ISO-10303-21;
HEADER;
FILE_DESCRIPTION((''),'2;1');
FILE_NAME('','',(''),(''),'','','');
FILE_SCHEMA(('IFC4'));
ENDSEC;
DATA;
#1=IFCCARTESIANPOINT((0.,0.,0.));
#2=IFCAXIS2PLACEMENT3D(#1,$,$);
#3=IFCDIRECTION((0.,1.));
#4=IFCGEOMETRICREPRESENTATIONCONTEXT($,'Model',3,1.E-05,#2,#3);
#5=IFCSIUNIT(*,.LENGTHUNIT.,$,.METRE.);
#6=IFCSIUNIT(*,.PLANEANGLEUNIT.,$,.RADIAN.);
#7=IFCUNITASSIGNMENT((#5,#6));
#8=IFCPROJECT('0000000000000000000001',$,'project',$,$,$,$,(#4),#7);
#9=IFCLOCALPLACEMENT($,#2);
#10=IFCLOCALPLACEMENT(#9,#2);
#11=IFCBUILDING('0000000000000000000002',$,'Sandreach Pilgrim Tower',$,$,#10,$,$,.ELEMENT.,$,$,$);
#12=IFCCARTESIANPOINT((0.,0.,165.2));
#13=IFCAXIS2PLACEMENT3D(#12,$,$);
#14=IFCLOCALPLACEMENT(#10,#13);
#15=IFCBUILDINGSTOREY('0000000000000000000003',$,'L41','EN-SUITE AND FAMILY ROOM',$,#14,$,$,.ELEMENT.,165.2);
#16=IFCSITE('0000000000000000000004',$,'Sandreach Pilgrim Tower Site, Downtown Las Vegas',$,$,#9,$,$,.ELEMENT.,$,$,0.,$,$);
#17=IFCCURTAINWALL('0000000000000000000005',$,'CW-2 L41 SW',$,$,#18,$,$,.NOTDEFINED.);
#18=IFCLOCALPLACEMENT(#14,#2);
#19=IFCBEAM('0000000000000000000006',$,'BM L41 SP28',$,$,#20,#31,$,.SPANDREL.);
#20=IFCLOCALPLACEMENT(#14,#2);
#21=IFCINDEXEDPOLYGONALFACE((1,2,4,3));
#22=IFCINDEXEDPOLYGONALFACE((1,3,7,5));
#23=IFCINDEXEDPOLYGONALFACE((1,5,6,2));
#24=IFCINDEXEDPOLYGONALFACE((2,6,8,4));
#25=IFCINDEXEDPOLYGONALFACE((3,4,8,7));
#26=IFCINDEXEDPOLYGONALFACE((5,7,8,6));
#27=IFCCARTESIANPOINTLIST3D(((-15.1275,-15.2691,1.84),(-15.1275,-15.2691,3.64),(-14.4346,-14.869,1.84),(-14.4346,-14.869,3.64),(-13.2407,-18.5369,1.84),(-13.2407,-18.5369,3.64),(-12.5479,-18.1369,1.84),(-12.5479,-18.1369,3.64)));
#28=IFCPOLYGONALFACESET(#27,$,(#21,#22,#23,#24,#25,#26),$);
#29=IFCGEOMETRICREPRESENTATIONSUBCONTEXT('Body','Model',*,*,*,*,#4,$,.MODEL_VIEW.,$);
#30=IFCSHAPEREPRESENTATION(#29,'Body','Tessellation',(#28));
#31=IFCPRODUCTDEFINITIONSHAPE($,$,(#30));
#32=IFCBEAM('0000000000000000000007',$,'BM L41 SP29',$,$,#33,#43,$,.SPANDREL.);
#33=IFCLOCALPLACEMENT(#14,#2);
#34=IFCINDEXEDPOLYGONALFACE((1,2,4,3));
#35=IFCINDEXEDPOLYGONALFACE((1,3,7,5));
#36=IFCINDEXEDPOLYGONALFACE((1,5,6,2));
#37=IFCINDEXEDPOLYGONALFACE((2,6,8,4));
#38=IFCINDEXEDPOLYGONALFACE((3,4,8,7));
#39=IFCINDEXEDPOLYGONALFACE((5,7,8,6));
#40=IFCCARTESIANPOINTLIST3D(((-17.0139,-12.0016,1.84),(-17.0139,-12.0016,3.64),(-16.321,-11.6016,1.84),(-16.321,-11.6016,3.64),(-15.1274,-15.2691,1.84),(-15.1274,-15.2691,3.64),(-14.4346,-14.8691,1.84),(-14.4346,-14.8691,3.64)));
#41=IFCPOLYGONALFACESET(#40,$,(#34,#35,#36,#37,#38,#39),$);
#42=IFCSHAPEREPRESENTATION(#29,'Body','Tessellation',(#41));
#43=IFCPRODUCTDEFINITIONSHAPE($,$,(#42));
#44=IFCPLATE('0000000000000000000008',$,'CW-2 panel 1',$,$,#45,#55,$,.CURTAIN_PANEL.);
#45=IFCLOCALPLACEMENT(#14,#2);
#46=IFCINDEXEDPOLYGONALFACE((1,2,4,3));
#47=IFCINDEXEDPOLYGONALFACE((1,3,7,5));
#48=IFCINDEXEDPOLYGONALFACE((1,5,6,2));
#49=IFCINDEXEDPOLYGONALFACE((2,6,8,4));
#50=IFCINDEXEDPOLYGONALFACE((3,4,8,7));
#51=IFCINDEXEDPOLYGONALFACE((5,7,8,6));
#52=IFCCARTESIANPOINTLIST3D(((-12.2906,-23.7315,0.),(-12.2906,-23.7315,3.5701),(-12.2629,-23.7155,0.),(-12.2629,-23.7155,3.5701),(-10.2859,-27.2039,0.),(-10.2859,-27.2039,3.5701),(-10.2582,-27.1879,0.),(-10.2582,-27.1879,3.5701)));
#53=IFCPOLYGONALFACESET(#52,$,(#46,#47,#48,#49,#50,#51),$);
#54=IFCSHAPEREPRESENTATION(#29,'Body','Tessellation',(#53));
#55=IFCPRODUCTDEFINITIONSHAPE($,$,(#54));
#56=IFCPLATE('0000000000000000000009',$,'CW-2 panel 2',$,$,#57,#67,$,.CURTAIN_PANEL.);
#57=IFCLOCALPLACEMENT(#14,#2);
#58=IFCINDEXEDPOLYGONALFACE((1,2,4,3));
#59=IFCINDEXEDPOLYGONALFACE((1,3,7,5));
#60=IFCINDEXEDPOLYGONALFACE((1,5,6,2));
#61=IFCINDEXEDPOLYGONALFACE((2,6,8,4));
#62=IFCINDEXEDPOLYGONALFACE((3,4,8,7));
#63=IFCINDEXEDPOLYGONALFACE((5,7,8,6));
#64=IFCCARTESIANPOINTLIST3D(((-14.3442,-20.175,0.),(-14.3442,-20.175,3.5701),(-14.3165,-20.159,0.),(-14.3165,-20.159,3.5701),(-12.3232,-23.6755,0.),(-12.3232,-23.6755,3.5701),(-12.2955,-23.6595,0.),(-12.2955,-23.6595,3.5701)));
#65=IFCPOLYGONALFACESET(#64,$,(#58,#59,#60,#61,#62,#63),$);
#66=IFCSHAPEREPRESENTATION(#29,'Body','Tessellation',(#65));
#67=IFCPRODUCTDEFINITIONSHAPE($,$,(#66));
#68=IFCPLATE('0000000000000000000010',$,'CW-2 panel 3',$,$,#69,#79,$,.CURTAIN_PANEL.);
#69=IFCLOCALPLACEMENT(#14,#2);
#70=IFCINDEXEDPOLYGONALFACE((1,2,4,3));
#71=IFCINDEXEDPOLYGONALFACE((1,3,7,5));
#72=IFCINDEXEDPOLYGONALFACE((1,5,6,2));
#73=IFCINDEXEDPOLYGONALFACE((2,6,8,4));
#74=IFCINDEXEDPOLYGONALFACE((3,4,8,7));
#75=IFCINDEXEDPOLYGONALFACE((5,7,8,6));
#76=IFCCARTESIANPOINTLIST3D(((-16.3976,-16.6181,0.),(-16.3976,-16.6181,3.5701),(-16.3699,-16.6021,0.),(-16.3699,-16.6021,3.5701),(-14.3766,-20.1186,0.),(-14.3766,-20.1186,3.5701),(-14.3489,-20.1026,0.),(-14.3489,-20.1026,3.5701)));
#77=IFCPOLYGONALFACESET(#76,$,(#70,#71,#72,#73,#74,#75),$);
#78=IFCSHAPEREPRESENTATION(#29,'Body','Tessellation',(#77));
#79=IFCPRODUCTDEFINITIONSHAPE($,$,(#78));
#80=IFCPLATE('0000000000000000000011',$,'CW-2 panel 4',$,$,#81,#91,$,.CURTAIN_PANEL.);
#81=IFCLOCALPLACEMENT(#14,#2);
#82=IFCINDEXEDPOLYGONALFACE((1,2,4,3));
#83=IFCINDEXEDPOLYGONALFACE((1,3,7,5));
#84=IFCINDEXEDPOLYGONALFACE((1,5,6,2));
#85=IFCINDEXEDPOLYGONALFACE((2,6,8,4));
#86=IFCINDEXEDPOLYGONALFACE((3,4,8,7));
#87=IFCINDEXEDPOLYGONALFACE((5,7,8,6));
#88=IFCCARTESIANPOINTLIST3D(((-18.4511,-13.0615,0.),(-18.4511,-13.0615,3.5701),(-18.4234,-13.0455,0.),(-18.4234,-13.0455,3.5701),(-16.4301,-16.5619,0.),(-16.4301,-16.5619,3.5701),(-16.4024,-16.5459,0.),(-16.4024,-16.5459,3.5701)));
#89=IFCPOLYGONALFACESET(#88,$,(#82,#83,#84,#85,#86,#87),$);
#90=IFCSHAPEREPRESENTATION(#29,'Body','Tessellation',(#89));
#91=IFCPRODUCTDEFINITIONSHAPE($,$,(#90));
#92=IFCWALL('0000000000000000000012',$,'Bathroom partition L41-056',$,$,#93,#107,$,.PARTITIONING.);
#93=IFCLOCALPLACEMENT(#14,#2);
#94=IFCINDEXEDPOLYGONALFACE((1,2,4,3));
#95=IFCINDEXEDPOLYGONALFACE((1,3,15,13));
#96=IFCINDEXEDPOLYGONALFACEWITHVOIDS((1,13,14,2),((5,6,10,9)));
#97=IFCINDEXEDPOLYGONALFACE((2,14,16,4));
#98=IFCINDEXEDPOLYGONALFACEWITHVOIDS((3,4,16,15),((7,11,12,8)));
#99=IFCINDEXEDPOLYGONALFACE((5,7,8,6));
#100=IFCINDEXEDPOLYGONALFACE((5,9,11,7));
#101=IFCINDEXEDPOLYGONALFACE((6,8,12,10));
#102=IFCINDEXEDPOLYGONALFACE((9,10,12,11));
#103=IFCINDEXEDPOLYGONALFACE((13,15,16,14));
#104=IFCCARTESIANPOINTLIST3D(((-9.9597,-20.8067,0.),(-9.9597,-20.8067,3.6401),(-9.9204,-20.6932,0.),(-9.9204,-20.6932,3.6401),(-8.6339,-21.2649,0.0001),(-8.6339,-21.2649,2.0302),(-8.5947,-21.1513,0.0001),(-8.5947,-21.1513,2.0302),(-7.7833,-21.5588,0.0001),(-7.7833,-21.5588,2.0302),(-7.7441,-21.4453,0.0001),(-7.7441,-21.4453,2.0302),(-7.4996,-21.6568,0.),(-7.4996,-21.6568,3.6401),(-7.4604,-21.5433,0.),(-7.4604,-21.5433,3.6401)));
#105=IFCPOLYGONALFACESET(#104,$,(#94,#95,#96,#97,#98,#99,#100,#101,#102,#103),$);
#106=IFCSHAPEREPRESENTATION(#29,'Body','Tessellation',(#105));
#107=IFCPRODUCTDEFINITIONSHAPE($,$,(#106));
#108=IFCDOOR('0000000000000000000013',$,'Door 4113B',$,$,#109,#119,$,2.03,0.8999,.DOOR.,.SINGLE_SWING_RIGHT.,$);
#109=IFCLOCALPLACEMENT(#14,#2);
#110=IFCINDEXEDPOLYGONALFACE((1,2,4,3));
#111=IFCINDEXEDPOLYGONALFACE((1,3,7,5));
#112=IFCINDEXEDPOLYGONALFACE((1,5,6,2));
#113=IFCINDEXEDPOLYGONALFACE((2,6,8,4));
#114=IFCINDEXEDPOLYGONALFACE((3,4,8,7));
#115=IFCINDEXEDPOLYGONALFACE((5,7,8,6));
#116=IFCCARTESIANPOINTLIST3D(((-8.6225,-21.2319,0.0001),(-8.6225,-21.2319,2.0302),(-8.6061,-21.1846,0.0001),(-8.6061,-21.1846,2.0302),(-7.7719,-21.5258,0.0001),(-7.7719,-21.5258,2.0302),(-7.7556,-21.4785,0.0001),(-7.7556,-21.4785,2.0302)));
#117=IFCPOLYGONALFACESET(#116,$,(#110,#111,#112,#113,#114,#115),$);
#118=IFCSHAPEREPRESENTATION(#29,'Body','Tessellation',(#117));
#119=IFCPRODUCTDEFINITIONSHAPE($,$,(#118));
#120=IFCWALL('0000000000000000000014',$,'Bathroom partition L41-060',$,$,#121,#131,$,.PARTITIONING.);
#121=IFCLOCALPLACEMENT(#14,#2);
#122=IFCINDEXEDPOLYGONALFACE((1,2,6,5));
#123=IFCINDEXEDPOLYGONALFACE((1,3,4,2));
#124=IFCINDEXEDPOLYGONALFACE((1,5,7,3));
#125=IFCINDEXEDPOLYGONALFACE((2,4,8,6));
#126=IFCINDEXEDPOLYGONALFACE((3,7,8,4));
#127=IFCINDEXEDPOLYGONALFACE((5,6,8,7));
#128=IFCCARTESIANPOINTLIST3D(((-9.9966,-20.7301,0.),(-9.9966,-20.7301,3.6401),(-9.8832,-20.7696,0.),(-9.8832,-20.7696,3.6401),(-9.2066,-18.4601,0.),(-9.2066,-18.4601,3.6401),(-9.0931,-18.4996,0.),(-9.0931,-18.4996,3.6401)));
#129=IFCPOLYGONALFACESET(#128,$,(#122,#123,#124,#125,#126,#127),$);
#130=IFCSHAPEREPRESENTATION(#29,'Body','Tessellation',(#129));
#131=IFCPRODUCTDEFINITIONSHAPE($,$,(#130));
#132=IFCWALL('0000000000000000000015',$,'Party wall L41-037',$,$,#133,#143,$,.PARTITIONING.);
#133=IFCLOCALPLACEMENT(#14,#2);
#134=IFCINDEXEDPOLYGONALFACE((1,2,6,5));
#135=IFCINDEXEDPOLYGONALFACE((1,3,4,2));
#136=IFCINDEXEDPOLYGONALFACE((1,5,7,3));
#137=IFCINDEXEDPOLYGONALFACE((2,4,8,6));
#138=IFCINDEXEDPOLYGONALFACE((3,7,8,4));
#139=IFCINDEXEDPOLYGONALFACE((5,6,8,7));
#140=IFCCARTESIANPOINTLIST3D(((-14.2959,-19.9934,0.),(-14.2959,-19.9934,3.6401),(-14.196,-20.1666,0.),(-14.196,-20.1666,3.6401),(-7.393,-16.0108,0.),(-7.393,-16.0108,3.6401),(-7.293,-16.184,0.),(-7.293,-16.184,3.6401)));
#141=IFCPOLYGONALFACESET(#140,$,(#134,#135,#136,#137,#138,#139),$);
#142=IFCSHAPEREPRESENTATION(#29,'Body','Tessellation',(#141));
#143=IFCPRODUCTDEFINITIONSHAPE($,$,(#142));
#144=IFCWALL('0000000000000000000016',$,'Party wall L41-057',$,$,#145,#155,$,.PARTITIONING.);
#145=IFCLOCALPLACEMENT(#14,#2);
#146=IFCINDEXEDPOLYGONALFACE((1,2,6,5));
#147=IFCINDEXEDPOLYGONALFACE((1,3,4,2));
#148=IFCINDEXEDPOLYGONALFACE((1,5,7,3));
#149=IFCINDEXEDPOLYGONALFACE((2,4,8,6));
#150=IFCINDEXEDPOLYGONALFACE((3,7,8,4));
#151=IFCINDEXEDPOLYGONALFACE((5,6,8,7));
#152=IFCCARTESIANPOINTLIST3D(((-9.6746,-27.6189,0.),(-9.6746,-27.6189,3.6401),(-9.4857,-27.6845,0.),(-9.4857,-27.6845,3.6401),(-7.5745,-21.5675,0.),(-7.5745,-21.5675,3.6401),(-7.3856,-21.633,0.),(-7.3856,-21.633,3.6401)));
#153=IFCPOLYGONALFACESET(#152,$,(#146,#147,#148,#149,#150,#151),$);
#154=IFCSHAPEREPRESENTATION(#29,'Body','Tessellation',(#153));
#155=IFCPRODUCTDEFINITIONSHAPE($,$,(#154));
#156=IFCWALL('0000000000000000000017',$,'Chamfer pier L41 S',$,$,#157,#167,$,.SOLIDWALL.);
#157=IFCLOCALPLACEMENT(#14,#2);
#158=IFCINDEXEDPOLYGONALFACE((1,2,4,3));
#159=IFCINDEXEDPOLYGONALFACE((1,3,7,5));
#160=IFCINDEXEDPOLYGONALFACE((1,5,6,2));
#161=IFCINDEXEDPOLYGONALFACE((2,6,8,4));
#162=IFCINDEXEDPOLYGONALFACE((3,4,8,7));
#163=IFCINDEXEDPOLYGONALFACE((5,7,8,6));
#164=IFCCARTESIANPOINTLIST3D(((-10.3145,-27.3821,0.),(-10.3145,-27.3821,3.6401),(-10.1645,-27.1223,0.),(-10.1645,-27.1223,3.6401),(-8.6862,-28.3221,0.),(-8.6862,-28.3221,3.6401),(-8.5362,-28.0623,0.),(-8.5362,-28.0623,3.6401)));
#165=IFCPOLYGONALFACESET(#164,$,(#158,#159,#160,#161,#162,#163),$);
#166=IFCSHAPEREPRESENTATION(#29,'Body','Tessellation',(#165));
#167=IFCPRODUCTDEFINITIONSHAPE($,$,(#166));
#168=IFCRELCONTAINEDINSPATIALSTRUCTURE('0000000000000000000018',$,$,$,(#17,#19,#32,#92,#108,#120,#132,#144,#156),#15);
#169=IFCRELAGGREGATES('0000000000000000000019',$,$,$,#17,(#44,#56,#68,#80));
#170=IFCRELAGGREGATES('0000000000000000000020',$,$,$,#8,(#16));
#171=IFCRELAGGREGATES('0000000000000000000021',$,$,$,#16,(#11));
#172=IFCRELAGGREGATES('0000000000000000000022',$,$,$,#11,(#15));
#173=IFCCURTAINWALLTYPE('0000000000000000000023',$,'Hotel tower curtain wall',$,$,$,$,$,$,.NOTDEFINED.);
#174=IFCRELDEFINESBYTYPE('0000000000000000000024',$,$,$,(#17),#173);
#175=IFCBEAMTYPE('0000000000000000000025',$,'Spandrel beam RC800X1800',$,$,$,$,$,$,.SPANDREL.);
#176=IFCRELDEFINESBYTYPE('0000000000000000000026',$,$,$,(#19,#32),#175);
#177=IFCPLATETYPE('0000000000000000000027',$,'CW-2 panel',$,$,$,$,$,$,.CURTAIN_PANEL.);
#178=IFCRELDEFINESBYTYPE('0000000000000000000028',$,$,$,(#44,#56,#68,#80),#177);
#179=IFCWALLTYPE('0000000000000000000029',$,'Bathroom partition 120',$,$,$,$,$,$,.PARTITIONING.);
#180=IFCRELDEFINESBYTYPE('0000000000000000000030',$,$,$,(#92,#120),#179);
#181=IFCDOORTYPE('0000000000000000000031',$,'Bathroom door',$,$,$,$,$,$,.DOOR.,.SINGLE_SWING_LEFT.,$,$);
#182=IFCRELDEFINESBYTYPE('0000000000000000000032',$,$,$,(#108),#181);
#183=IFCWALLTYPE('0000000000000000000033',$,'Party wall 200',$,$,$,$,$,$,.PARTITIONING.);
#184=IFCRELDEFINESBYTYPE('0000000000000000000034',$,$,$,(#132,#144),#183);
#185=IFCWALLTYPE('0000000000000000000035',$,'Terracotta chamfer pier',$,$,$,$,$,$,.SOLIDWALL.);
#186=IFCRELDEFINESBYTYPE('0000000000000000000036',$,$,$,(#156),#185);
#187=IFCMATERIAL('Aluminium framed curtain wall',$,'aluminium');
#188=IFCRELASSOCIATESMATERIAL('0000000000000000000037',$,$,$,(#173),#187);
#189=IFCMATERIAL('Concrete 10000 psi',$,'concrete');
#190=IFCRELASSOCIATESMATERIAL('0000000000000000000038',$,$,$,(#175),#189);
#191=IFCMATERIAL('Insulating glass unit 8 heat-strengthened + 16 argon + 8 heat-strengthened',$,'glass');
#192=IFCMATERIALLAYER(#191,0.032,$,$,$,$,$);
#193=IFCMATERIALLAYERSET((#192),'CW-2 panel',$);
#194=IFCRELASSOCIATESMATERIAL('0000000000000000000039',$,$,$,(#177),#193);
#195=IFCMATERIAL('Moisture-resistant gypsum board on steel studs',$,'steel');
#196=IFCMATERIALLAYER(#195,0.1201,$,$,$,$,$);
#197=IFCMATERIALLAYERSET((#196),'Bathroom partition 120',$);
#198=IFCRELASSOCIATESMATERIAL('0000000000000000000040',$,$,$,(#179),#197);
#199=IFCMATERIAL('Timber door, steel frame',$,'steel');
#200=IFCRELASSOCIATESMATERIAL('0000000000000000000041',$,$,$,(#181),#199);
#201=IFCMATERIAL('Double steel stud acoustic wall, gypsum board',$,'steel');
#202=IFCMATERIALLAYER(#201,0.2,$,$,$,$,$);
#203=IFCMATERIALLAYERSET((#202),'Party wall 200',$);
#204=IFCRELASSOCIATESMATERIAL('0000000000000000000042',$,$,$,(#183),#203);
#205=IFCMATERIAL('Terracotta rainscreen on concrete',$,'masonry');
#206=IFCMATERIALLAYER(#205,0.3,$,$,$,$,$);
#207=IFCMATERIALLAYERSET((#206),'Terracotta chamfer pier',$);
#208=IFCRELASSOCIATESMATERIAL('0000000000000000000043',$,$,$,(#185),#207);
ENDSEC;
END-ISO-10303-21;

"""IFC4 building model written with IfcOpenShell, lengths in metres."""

from ifc_helpers import new_model, si_unit, direction, frame, frame_2d, origin, origin_2d, place, context, subcontext, project, spatial, rectangle, extrude, material, layer, layer_set, material_profile, profile_set, type_object, element, fill, aggregate, save


model = new_model("IFC4")

# Units and contexts
model_context = context("Model", 3, precision=1e-05, world=origin(), true_north=direction((0.0, 1.0)))
body_context = subcontext(model_context, "Body", "Model", "MODEL_VIEW")
ifc_project = project(units=[si_unit("LENGTHUNIT", "METRE"), si_unit("PLANEANGLEUNIT", "RADIAN")], contexts=[model_context])

# Site, building, storey
site_placement = place(None, origin())
site = spatial("IfcSite", under=ifc_project, at=site_placement, Name="Sandreach Pilgrim Tower Site, Downtown Las Vegas", CompositionType="ELEMENT", RefElevation=0.0)
building_placement = place(site_placement, origin())
building = spatial("IfcBuilding", under=site, at=building_placement, Name="Sandreach Pilgrim Tower", CompositionType="ELEMENT")
storey_placement = place(building_placement, frame((0.0, 0.0, 165.2)))
storey = spatial("IfcBuildingStorey", under=building, at=storey_placement, Name="L41", Description="EN-SUITE AND FAMILY ROOM", CompositionType="ELEMENT", Elevation=165.2)

# Shared definitions
ifc_material_1 = material(Name="Aluminium framed curtain wall", Category="aluminium")
curtain_wall_type = type_object("IfcCurtainWallType", Name="Hotel tower curtain wall", PredefinedType="NOTDEFINED", material=ifc_material_1)

# Curtain wall
curtain_wall_1_placement = place(storey_placement, origin())
curtain_wall_1 = element("IfcCurtainWall", 1, at=curtain_wall_1_placement, inside=storey, type_object=curtain_wall_type, Name="CW-2 L41 SW", PredefinedType="NOTDEFINED")

# Beams
ifc_material_2 = material(Name="Concrete 10000 psi", Category="concrete")
ifc_material_profile_1 = material_profile(ifc_material_2, rectangle(XDim=0.8, YDim=1.8, at=origin_2d()), Name="RC800X1800")
ifc_profile_set_1 = profile_set([ifc_material_profile_1], Name="Concrete 10000 psi")
beam_type_1 = type_object("IfcBeamType", Name="Spandrel beam RC800X1800", PredefinedType="SPANDREL", material=ifc_profile_set_1)
beam_1_placement = place(storey_placement, frame((-12.8943, -18.3369, 2.74), z_axis=(-0.500008, 0.866021, 0.0), x_axis=(-0.866021, -0.500008, 0.0)))
element("IfcBeam", 2, at=beam_1_placement, inside=storey, type_object=beam_type_1, Name="BM L41 SP28", PredefinedType="SPANDREL", context=body_context, shape_type="SweptSolid", body=[
    extrude(rectangle(XDim=0.8, YDim=1.8, at=origin_2d()), origin(), (0.0, 0.0, 1.0), 3.7734),
])
beam_2_placement = place(storey_placement, frame((-14.781, -15.0691, 2.74), z_axis=(-0.499988, 0.866033, 0.0), x_axis=(-0.866033, -0.499988, 0.0)))
element("IfcBeam", 3, at=beam_2_placement, inside=storey, type_object=beam_type_1, Name="BM L41 SP29", PredefinedType="SPANDREL", context=body_context, shape_type="SweptSolid", body=[
    extrude(rectangle(XDim=0.8, YDim=1.8, at=origin_2d()), origin(), (0.0, 0.0, 1.0), 3.7729),
])

# Plates
ifc_material_3 = material(Name="Insulating glass unit 8 heat-strengthened + 16 argon + 8 heat-strengthened", Category="glass")
ifc_layer_1 = layer(ifc_material_3, 0.032)
ifc_layer_set_1 = layer_set([ifc_layer_1], Name="CW-2 panel")
plate_type = type_object("IfcPlateType", Name="CW-2 panel", PredefinedType="CURTAIN_PANEL", material=ifc_layer_set_1)
plate_1_placement = place(storey_placement, frame((-11.2744, -25.4597, 0.0), z_axis=(0.0, 0.0, 1.0), x_axis=(-0.5, 0.866025, 0.0)))
plate_1 = element("IfcPlate", 4, at=plate_1_placement, type_object=plate_type, Name="CW-2 panel 1", PredefinedType="CURTAIN_PANEL", context=body_context, shape_type="SweptSolid", body=[
    extrude(rectangle(XDim=4.0095, YDim=0.032, at=origin_2d()), origin(), (0.0, 0.0, 1.0), 3.5701),
])
plate_2_placement = place(storey_placement, frame((-13.3198, -21.9172, 0.0), z_axis=(0.0, 0.0, 1.0), x_axis=(-0.5, 0.866025, 0.0)))
plate_2 = element("IfcPlate", 5, at=plate_2_placement, type_object=plate_type, Name="CW-2 panel 2", PredefinedType="CURTAIN_PANEL", context=body_context, shape_type="SweptSolid", body=[
    extrude(rectangle(XDim=4.042, YDim=0.032, at=origin_2d()), origin(), (0.0, 0.0, 1.0), 3.5701),
])
plate_3_placement = place(storey_placement, frame((-15.3733, -18.3604, 0.0), z_axis=(0.0, 0.0, 1.0), x_axis=(-0.5, 0.866025, 0.0)))
plate_3 = element("IfcPlate", 6, at=plate_3_placement, type_object=plate_type, Name="CW-2 panel 3", PredefinedType="CURTAIN_PANEL", context=body_context, shape_type="SweptSolid", body=[
    extrude(rectangle(XDim=4.042, YDim=0.032, at=origin_2d()), origin(), (0.0, 0.0, 1.0), 3.5701),
])
plate_4_placement = place(storey_placement, frame((-17.4268, -14.8037, 0.0), z_axis=(0.0, 0.0, 1.0), x_axis=(-0.5, 0.866025, 0.0)))
plate_4 = element("IfcPlate", 7, at=plate_4_placement, type_object=plate_type, Name="CW-2 panel 4", PredefinedType="CURTAIN_PANEL", context=body_context, shape_type="SweptSolid", body=[
    extrude(rectangle(XDim=4.042, YDim=0.032, at=origin_2d()), origin(), (0.0, 0.0, 1.0), 3.5701),
])
aggregate(curtain_wall_1, [plate_1, plate_2, plate_3, plate_4])

# Wall, opening, door
ifc_material_4 = material(Name="Moisture-resistant gypsum board on steel studs", Category="steel")
ifc_layer_2 = layer(ifc_material_4, 0.1201)
ifc_layer_set_2 = layer_set([ifc_layer_2], Name="Bathroom partition 120")
wall_type_1 = type_object("IfcWallType", Name="Bathroom partition 120", PredefinedType="PARTITIONING", material=ifc_layer_set_2)
wall_1_placement = place(storey_placement, frame((-9.9399, -20.75, 0.0), z_axis=(0.0, 0.0, 1.0), x_axis=(0.945155, -0.326621, 0.0)))
wall_1 = element("IfcWall", 8, at=wall_1_placement, inside=storey, type_object=wall_type_1, Name="Bathroom partition L41-056", PredefinedType="PARTITIONING", context=body_context, shape_type="SweptSolid", body=[
    extrude(rectangle(XDim=2.6028, YDim=0.1201, at=frame_2d((1.3013, 0.0))), origin(), (0.0, 0.0, 1.0), 3.6401),
])
opening_placement = place(wall_1_placement, frame((1.4026, 0.0, 0.0)))
opening = element("IfcOpeningElement", 9, at=opening_placement, cuts=wall_1, PredefinedType="OPENING", context=body_context, shape_type="SweptSolid", body=[
    extrude(rectangle(XDim=0.8999, YDim=2.03, at=frame_2d((0.45, 1.0151))), frame((0.0, 0.0601, 0.0), z_axis=(0.0, -1.0, 0.0), x_axis=(1.0, 0.0, 0.0)), (0.0, 0.0, 1.0), 0.1201),
])
ifc_material_5 = material(Name="Timber door, steel frame", Category="steel")
door_type = type_object("IfcDoorType", Name="Bathroom door", OperationType="SINGLE_SWING_LEFT", PredefinedType="DOOR", material=ifc_material_5)
door_placement = place(opening_placement, origin())
door = element("IfcDoor", 10, at=door_placement, inside=storey, type_object=door_type, Name="Door 4113B", OperationType="SINGLE_SWING_RIGHT", OverallHeight=2.03, OverallWidth=0.8999, PredefinedType="DOOR", context=body_context, shape_type="SweptSolid", body=[
    extrude(rectangle(XDim=0.8999, YDim=2.03, at=frame_2d((0.45, 1.0151))), frame((0.0, 0.0249, 0.0), z_axis=(0.0, -1.0, 0.0), x_axis=(1.0, 0.0, 0.0)), (0.0, 0.0, 1.0), 0.05),
])
fill(opening, door)

# Walls
wall_2_placement = place(storey_placement, frame((-9.1499, -18.48, 0.0), z_axis=(0.0, 0.0, 1.0), x_axis=(-0.328694, -0.944436, 0.0)))
element("IfcWall", 11, at=wall_2_placement, inside=storey, type_object=wall_type_1, Name="Bathroom partition L41-060", PredefinedType="PARTITIONING", context=body_context, shape_type="SweptSolid", body=[
    extrude(rectangle(XDim=2.4036, YDim=0.1201, at=frame_2d((1.2017, 0.0))), origin(), (0.0, 0.0, 1.0), 3.6401),
])
ifc_material_6 = material(Name="Double steel stud acoustic wall, gypsum board", Category="steel")
ifc_layer_3 = layer(ifc_material_6, 0.2)
ifc_layer_set_3 = layer_set([ifc_layer_3], Name="Party wall 200")
wall_type_2 = type_object("IfcWallType", Name="Party wall 200", PredefinedType="PARTITIONING", material=ifc_layer_set_3)
wall_3_placement = place(storey_placement, frame((-14.2461, -20.0801, 0.0), z_axis=(0.0, 0.0, 1.0), x_axis=(0.866179, 0.499734, 0.0)))
element("IfcWall", 12, at=wall_3_placement, inside=storey, type_object=wall_type_2, Name="Party wall L41-037", PredefinedType="PARTITIONING", context=body_context, shape_type="SweptSolid", body=[
    extrude(rectangle(XDim=7.9695, YDim=0.2, at=frame_2d((3.9849, 0.0))), origin(), (0.0, 0.0, 1.0), 3.6401),
])
wall_4_placement = place(storey_placement, frame((-9.5801, -27.6516, 0.0), z_axis=(0.0, 0.0, 1.0), x_axis=(0.327855, 0.944728, 0.0)))
element("IfcWall", 13, at=wall_4_placement, inside=storey, type_object=wall_type_2, Name="Party wall L41-057", PredefinedType="PARTITIONING", context=body_context, shape_type="SweptSolid", body=[
    extrude(rectangle(XDim=6.4055, YDim=0.2, at=frame_2d((3.2026, 0.0))), origin(), (0.0, 0.0, 1.0), 3.6401),
])
ifc_material_7 = material(Name="Terracotta rainscreen on concrete", Category="masonry")
ifc_layer_4 = layer(ifc_material_7, 0.3)
ifc_layer_set_4 = layer_set([ifc_layer_4], Name="Terracotta chamfer pier")
wall_type_3 = type_object("IfcWallType", Name="Terracotta chamfer pier", PredefinedType="SOLIDWALL", material=ifc_layer_set_4)
wall_5_placement = place(storey_placement, frame((-8.6113, -28.1921, 0.0), z_axis=(0.0, 0.0, 1.0), x_axis=(-0.866045, 0.499966, 0.0)))
element("IfcWall", 14, at=wall_5_placement, inside=storey, type_object=wall_type_3, Name="Chamfer pier L41 S", PredefinedType="SOLIDWALL", context=body_context, shape_type="SweptSolid", body=[
    extrude(rectangle(XDim=1.8801, YDim=0.3, at=frame_2d((0.9399, 0.0))), origin(), (0.0, 0.0, 1.0), 3.6401),
])

save(model, "model.ifc")
